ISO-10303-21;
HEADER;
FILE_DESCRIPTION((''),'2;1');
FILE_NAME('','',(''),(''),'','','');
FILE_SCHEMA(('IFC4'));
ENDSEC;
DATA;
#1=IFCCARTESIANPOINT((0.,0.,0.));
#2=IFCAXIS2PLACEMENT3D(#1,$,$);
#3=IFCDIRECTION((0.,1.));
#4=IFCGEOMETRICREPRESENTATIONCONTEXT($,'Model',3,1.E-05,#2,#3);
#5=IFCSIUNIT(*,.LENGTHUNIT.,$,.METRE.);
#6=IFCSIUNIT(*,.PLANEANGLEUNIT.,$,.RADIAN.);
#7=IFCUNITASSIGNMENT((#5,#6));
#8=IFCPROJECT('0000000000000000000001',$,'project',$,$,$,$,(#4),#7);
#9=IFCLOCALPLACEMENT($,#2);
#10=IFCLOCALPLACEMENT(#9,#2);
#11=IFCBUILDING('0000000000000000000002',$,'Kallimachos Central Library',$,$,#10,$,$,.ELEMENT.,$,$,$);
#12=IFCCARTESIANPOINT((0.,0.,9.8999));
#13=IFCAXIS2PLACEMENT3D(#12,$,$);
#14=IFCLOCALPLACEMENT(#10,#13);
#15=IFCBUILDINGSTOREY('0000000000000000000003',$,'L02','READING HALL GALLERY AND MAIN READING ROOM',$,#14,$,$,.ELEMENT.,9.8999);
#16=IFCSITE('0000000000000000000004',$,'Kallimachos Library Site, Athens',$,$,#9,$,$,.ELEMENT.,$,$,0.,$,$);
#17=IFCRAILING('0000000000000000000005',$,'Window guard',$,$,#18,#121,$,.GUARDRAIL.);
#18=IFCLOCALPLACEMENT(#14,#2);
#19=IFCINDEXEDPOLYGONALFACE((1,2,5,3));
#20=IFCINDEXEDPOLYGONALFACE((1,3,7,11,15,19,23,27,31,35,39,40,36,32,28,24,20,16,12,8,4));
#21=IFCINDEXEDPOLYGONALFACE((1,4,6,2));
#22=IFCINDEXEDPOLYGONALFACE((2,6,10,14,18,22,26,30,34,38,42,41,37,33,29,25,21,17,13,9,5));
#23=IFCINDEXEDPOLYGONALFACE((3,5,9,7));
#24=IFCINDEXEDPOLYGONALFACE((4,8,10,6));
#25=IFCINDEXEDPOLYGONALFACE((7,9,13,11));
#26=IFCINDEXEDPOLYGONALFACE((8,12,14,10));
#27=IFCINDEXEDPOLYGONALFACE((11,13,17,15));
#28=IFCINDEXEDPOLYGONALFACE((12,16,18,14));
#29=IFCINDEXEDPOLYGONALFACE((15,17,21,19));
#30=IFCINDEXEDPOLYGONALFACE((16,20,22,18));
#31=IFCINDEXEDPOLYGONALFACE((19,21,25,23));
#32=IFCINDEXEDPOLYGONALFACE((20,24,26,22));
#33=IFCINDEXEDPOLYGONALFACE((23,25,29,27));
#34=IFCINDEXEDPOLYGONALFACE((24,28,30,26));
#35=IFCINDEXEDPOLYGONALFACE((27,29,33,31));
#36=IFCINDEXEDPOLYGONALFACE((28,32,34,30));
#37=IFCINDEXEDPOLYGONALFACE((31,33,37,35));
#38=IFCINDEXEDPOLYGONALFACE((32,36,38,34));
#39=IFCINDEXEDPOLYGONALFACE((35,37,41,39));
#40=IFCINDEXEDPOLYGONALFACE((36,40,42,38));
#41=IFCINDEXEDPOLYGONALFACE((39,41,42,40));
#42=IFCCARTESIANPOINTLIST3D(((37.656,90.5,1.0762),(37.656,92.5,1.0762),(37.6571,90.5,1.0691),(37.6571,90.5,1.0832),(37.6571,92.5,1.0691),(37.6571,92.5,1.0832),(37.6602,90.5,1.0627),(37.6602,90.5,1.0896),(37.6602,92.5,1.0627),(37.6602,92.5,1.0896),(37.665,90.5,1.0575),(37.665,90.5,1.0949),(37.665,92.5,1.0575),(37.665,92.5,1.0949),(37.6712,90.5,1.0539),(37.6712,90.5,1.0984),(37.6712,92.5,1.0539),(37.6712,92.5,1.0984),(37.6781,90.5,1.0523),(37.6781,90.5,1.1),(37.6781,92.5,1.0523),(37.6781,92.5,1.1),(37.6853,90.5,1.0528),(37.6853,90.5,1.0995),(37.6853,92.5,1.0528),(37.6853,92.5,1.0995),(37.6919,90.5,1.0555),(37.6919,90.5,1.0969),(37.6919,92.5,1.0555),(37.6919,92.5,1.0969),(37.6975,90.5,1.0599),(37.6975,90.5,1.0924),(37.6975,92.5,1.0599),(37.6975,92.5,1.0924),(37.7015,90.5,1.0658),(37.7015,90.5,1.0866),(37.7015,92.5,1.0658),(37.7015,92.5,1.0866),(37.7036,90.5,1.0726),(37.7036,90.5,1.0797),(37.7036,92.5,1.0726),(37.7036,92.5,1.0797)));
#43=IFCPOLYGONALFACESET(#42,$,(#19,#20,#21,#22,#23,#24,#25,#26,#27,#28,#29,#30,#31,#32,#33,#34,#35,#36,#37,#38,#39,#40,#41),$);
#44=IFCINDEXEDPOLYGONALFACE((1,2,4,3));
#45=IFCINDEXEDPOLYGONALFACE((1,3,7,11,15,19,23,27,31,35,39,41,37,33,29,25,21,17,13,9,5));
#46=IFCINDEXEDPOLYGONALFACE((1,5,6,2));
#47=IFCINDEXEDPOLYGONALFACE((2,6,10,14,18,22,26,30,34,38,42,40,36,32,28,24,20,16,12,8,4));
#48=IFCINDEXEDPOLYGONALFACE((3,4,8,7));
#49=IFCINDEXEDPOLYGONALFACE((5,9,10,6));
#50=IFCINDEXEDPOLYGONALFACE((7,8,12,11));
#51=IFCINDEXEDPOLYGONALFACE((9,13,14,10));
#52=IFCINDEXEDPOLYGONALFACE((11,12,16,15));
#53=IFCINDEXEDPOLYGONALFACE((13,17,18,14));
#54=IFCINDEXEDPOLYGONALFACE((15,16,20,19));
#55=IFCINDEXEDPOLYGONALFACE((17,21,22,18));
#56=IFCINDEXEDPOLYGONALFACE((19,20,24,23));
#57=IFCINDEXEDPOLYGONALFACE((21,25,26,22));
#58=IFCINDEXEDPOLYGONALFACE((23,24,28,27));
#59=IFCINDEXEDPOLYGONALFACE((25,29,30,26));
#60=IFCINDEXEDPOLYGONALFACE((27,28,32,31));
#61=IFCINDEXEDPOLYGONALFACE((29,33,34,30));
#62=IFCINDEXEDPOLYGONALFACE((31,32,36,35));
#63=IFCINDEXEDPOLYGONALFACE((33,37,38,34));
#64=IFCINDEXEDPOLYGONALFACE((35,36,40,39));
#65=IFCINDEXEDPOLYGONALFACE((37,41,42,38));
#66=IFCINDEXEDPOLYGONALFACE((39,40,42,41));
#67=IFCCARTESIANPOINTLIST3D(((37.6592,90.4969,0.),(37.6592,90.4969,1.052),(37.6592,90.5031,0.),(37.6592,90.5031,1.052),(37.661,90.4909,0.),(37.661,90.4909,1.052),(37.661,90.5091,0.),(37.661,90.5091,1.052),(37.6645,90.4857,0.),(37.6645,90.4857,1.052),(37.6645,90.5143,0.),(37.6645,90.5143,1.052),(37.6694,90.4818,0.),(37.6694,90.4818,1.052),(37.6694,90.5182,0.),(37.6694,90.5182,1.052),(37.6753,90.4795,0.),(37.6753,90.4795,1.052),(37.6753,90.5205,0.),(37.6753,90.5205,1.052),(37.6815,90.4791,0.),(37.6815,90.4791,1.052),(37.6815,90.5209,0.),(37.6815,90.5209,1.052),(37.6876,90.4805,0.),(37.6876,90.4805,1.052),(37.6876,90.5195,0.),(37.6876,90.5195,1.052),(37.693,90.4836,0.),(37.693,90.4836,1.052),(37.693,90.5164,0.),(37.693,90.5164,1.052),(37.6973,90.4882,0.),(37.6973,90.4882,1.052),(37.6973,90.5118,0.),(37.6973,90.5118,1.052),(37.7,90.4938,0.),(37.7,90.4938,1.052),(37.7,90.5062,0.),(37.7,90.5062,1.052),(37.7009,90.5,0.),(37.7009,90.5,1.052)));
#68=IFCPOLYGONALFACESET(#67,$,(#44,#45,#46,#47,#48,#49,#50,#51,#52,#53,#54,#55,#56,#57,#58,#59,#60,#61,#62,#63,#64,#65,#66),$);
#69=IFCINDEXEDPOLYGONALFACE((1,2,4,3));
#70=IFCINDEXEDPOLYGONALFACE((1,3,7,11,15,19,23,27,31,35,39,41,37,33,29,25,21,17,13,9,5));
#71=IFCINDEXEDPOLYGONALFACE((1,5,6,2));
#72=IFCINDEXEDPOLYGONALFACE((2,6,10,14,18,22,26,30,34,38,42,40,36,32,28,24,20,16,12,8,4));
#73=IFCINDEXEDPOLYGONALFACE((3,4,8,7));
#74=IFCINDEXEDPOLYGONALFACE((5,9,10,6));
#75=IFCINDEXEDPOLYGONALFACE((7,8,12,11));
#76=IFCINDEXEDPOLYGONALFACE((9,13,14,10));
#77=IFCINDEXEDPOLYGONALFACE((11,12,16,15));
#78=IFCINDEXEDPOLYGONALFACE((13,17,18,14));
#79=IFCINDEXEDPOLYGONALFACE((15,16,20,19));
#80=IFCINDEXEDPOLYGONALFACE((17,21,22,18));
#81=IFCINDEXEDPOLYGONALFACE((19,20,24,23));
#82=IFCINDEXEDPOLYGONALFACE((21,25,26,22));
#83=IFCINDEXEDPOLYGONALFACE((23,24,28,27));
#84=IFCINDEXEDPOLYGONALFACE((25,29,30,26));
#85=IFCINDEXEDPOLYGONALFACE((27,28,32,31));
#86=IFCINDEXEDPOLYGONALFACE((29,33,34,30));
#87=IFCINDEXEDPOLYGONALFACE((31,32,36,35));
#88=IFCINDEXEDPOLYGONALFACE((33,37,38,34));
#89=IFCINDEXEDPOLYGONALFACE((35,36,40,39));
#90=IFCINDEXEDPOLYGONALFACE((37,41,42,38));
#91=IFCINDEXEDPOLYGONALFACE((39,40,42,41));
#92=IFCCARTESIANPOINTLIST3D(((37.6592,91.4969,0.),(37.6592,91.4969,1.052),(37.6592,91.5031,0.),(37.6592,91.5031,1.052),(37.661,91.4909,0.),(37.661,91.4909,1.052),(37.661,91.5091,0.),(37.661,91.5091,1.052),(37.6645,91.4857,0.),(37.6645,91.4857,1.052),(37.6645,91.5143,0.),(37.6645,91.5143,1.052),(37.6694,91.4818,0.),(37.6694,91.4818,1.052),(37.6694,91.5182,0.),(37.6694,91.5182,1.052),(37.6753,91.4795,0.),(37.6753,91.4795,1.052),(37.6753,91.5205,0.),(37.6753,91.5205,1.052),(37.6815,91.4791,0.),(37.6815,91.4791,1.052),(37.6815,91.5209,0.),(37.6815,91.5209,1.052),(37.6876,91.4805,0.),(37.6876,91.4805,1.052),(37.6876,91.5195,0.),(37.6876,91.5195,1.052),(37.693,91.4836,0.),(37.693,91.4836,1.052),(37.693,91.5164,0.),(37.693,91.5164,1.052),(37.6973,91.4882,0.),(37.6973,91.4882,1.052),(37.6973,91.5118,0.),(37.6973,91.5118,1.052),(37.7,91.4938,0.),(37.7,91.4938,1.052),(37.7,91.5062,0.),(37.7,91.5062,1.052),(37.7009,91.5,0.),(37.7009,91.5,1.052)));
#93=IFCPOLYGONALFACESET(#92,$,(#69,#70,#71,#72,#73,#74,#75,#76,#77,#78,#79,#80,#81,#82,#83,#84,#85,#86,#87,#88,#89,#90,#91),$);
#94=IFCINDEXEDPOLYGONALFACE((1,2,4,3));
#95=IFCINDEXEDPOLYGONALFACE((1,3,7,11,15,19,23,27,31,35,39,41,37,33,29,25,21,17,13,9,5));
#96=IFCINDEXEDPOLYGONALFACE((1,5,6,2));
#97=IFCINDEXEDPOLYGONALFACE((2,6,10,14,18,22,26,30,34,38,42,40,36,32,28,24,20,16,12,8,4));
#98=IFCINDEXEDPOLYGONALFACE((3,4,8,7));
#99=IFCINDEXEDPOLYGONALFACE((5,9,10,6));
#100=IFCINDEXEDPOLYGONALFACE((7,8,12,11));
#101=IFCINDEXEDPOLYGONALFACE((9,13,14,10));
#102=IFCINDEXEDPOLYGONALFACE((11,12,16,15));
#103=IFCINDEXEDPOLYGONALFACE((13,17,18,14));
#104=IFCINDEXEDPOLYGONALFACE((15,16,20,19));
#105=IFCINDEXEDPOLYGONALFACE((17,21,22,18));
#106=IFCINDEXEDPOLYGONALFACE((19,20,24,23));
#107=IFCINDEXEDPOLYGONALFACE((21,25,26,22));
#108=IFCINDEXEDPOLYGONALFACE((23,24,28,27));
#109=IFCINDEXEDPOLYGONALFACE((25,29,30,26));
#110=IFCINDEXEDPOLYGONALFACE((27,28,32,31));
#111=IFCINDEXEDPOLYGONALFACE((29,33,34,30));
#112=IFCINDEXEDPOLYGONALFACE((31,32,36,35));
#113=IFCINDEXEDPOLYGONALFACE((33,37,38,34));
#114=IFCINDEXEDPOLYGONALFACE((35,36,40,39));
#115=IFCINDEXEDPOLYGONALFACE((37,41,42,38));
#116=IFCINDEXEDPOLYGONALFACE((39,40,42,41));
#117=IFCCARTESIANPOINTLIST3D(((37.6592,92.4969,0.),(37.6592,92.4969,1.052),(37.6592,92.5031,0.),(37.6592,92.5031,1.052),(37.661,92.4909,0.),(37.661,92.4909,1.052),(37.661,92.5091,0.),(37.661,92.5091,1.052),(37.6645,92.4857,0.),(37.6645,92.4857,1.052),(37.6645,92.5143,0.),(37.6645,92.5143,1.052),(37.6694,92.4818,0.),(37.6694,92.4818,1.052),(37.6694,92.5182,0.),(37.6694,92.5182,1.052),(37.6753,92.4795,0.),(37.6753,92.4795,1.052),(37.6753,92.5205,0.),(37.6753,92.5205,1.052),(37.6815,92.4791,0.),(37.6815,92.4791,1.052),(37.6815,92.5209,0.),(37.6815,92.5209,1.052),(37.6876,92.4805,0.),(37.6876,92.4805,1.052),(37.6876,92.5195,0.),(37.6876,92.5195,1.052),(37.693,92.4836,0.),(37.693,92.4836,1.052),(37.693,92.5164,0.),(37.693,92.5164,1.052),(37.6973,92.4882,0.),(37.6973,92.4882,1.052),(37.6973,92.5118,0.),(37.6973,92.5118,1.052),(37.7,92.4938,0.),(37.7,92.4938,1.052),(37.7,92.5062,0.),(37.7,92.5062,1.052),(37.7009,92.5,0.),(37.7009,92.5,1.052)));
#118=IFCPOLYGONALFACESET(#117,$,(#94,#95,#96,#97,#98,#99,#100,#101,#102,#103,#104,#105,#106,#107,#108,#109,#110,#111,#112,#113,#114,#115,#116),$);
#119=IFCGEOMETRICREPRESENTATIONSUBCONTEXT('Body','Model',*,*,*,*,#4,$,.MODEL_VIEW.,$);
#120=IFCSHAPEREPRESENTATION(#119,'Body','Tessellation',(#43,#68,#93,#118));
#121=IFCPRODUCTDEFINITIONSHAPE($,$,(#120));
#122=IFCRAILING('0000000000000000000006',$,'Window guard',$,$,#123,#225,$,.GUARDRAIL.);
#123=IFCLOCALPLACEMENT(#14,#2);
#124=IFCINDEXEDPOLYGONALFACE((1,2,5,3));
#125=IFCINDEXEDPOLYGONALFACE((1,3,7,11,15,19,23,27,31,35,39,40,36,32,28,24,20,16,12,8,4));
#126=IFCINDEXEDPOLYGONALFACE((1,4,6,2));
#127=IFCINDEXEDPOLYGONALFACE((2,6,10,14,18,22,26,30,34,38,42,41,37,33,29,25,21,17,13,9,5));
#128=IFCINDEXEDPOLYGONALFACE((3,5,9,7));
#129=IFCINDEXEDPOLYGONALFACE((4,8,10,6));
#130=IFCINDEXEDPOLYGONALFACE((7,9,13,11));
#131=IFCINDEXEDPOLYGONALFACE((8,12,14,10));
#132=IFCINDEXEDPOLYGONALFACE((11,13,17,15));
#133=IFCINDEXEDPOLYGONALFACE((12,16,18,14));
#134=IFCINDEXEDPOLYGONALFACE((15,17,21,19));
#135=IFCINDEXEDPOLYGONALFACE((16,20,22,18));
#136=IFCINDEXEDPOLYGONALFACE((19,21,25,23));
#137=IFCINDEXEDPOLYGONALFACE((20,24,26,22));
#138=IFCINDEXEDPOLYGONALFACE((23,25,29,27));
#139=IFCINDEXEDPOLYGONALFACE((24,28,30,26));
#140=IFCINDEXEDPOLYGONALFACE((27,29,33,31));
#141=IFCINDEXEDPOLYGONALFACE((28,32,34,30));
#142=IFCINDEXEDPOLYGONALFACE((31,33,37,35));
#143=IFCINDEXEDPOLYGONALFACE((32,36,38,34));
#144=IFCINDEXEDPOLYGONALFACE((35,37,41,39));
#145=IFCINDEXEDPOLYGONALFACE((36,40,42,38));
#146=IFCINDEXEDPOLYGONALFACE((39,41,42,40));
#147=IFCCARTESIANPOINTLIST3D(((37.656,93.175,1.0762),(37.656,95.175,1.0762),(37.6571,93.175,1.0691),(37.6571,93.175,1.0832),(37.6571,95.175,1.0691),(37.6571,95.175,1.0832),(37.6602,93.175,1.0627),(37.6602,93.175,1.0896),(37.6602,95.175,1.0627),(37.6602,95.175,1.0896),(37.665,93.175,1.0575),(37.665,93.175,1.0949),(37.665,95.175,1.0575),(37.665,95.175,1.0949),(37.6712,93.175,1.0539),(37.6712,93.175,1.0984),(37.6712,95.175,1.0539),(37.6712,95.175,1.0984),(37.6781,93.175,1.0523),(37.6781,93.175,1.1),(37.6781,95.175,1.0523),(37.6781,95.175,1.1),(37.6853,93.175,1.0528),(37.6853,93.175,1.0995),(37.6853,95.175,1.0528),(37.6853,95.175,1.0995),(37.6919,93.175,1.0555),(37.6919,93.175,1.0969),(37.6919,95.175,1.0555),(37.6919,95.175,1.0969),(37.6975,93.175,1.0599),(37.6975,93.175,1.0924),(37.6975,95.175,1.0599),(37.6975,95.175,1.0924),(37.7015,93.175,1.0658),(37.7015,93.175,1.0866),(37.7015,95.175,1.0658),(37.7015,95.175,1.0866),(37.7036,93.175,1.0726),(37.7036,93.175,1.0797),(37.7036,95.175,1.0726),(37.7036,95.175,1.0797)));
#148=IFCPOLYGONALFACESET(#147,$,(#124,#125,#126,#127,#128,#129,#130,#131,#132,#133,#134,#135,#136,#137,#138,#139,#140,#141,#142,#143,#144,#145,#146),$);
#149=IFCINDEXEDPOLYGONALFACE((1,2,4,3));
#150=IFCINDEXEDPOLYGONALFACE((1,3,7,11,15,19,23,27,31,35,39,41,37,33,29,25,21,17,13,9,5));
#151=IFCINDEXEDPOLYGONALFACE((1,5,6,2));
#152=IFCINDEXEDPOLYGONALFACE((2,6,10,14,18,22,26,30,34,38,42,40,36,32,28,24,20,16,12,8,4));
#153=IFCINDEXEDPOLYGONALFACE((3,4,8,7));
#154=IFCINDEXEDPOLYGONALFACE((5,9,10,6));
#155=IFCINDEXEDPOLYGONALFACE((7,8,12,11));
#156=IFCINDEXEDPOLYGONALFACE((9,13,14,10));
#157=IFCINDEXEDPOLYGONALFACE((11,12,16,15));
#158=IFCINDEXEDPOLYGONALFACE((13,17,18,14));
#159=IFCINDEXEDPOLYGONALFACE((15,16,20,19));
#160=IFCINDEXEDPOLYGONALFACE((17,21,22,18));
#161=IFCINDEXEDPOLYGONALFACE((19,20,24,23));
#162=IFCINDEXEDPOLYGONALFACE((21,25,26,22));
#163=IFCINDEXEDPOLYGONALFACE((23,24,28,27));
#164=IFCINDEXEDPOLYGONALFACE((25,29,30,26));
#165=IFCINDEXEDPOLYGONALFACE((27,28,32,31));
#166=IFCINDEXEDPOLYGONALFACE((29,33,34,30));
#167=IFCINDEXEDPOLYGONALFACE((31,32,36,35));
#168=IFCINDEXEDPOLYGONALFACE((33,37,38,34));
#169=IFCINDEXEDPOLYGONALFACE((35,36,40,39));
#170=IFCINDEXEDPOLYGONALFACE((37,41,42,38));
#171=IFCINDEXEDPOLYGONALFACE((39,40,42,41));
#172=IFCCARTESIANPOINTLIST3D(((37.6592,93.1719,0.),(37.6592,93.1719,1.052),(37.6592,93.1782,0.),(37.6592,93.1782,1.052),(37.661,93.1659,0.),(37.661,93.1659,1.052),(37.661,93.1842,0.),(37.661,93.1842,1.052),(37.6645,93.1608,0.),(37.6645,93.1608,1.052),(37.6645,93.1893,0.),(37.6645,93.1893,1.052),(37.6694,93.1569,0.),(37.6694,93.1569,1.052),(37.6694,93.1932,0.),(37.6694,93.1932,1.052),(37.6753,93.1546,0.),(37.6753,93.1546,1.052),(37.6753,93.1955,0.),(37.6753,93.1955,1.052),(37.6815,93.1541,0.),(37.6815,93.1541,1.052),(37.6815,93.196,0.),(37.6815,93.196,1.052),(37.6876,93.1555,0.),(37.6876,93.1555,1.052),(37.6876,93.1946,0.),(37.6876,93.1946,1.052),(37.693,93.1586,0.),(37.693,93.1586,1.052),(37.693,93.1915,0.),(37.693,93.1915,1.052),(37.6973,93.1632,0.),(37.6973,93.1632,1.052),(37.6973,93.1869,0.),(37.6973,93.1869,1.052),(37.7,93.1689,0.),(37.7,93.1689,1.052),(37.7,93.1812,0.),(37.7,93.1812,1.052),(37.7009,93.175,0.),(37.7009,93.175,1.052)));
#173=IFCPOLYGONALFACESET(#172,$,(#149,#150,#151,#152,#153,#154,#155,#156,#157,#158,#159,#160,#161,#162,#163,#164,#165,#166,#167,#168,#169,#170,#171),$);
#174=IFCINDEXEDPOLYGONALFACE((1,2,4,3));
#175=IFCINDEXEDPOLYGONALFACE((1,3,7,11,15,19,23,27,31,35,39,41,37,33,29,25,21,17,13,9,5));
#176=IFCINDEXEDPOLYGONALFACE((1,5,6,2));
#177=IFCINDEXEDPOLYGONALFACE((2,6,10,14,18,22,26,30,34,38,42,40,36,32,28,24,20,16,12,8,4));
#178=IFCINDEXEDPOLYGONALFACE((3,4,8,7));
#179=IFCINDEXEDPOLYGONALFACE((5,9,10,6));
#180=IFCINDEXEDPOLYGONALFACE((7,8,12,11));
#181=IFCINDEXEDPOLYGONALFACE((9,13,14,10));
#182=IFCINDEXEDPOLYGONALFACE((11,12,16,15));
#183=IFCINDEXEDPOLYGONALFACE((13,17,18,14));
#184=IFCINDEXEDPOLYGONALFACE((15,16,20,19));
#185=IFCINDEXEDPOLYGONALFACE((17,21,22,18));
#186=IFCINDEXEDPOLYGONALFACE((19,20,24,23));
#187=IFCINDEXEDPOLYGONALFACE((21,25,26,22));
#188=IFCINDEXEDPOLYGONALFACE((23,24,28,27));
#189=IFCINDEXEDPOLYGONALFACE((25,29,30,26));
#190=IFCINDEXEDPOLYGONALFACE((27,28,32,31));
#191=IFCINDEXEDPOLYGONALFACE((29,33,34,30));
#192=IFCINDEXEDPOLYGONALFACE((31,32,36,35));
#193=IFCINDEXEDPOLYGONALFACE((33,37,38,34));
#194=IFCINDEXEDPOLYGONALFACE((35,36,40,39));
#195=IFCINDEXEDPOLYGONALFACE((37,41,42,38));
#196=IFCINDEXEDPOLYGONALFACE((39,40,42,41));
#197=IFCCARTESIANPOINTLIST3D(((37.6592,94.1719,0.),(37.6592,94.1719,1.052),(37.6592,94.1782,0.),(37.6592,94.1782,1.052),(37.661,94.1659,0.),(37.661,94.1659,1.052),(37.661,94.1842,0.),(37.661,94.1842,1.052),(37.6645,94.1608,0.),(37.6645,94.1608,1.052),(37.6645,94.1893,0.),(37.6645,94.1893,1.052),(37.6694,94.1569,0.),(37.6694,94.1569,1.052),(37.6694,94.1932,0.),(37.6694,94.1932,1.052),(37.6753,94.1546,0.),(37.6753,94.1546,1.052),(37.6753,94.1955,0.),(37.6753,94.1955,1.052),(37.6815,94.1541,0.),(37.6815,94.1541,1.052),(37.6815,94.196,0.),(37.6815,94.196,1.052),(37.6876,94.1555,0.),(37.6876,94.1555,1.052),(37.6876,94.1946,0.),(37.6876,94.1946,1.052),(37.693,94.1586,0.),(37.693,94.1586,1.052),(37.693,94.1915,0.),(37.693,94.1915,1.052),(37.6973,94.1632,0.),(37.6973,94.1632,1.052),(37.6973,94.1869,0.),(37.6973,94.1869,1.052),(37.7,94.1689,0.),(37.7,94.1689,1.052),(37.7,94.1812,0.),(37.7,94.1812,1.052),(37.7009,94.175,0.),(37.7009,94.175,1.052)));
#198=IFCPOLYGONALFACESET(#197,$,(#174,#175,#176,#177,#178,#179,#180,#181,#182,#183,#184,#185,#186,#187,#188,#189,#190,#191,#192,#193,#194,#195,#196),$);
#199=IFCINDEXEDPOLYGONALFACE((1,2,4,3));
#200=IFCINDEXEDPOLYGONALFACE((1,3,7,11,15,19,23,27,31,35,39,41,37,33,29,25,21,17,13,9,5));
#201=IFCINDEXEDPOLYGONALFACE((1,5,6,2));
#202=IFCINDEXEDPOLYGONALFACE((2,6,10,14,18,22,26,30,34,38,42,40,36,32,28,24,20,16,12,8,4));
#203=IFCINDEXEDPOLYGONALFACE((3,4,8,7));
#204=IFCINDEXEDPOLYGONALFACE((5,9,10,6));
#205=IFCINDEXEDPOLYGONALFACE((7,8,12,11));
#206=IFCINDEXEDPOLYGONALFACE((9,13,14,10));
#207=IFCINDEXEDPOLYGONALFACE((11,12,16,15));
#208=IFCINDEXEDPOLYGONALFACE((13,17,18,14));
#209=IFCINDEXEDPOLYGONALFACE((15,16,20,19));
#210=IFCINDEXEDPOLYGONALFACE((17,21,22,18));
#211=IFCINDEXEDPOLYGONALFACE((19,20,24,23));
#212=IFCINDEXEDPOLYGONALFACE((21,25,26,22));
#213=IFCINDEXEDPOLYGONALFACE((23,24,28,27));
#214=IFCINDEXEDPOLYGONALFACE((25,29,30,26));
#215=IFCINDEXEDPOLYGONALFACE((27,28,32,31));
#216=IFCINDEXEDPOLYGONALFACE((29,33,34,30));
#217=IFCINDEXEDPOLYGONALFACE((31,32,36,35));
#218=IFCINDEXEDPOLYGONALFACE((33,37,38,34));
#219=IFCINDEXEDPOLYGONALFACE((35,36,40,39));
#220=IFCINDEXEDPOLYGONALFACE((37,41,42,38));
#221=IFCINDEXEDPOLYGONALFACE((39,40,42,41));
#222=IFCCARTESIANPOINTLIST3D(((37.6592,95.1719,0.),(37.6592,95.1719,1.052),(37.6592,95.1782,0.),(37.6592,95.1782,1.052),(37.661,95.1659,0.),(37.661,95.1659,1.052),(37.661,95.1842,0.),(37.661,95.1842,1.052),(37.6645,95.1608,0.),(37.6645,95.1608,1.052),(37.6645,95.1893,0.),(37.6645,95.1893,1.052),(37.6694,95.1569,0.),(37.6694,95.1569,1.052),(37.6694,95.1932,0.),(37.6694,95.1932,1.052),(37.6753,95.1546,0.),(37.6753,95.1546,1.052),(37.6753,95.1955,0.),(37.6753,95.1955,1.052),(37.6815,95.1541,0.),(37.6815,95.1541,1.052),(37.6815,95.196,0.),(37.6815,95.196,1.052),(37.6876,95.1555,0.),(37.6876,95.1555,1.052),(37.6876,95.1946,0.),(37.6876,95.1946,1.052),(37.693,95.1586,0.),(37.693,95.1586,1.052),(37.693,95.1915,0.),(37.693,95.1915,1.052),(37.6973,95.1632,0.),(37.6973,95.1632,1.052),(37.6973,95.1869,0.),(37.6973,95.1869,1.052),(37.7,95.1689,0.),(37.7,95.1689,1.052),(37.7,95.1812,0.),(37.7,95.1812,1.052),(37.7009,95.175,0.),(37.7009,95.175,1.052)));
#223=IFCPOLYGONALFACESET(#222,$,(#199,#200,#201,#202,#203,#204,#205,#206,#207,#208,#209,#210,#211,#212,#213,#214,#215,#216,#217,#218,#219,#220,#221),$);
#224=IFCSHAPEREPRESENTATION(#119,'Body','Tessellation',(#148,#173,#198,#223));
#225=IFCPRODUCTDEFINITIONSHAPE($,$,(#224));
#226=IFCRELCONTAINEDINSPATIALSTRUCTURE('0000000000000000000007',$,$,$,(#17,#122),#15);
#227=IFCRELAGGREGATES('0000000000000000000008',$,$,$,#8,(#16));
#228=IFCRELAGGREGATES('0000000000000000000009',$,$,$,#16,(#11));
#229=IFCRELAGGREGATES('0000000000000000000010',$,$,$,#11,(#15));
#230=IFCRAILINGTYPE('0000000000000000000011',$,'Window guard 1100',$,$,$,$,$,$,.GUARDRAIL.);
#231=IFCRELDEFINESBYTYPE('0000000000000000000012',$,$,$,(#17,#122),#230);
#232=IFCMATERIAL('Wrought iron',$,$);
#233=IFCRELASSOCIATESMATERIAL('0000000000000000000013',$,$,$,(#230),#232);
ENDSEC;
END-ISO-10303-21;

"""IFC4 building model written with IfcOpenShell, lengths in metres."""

from ifc_helpers import new_model, si_unit, direction, frame, origin, origin_2d, place, context, subcontext, project, spatial, circle, extrude, material, type_object, element, save


model = new_model("IFC4")

# Units and contexts
model_context = context("Model", 3, precision=1e-05, world=origin(), true_north=direction((0.0, 1.0)))
body_context = subcontext(model_context, "Body", "Model", "MODEL_VIEW")
ifc_project = project(units=[si_unit("LENGTHUNIT", "METRE"), si_unit("PLANEANGLEUNIT", "RADIAN")], contexts=[model_context])

# Site, building, storey
site_placement = place(None, origin())
site = spatial("IfcSite", under=ifc_project, at=site_placement, Name="Kallimachos Library Site, Athens", CompositionType="ELEMENT", RefElevation=0.0)
building_placement = place(site_placement, origin())
building = spatial("IfcBuilding", under=site, at=building_placement, Name="Kallimachos Central Library", CompositionType="ELEMENT")
storey_placement = place(building_placement, frame((0.0, 0.0, 9.8999)))
storey = spatial("IfcBuildingStorey", under=building, at=storey_placement, Name="L02", Description="READING HALL GALLERY AND MAIN READING ROOM", CompositionType="ELEMENT", Elevation=9.8999)

# Railings
ifc_material_1 = material(Name="Wrought iron")
railing_type = type_object("IfcRailingType", Name="Window guard 1100", PredefinedType="GUARDRAIL", material=ifc_material_1)
for number, where, name in (
    (1, (37.6799, 90.5, 0.0), "Window guard"),
    (2, (37.6799, 93.175, 0.0), "Window guard"),
):
    element("IfcRailing", number, at=place(storey_placement, frame(where)), inside=storey, type_object=railing_type, Name=name, PredefinedType="GUARDRAIL", context=body_context, shape_type="SweptSolid", body=[
        extrude(circle(Radius=0.0239, at=origin_2d()), frame((0.0, 0.0, 1.0762), z_axis=(0.0, 1.0, 0.0), x_axis=(-1.0, 0.0, 0.0)), (0.0, 0.0, 1.0), 2.0),
        extrude(circle(Radius=0.021, at=origin_2d()), origin(), (0.0, 0.0, 1.0), 1.052),
        extrude(circle(Radius=0.021, at=origin_2d()), frame((0.0, 1.0, 0.0)), (0.0, 0.0, 1.0), 1.052),
        extrude(circle(Radius=0.021, at=origin_2d()), frame((0.0, 2.0, 0.0)), (0.0, 0.0, 1.0), 1.052),
    ])

save(model, "model.ifc")
